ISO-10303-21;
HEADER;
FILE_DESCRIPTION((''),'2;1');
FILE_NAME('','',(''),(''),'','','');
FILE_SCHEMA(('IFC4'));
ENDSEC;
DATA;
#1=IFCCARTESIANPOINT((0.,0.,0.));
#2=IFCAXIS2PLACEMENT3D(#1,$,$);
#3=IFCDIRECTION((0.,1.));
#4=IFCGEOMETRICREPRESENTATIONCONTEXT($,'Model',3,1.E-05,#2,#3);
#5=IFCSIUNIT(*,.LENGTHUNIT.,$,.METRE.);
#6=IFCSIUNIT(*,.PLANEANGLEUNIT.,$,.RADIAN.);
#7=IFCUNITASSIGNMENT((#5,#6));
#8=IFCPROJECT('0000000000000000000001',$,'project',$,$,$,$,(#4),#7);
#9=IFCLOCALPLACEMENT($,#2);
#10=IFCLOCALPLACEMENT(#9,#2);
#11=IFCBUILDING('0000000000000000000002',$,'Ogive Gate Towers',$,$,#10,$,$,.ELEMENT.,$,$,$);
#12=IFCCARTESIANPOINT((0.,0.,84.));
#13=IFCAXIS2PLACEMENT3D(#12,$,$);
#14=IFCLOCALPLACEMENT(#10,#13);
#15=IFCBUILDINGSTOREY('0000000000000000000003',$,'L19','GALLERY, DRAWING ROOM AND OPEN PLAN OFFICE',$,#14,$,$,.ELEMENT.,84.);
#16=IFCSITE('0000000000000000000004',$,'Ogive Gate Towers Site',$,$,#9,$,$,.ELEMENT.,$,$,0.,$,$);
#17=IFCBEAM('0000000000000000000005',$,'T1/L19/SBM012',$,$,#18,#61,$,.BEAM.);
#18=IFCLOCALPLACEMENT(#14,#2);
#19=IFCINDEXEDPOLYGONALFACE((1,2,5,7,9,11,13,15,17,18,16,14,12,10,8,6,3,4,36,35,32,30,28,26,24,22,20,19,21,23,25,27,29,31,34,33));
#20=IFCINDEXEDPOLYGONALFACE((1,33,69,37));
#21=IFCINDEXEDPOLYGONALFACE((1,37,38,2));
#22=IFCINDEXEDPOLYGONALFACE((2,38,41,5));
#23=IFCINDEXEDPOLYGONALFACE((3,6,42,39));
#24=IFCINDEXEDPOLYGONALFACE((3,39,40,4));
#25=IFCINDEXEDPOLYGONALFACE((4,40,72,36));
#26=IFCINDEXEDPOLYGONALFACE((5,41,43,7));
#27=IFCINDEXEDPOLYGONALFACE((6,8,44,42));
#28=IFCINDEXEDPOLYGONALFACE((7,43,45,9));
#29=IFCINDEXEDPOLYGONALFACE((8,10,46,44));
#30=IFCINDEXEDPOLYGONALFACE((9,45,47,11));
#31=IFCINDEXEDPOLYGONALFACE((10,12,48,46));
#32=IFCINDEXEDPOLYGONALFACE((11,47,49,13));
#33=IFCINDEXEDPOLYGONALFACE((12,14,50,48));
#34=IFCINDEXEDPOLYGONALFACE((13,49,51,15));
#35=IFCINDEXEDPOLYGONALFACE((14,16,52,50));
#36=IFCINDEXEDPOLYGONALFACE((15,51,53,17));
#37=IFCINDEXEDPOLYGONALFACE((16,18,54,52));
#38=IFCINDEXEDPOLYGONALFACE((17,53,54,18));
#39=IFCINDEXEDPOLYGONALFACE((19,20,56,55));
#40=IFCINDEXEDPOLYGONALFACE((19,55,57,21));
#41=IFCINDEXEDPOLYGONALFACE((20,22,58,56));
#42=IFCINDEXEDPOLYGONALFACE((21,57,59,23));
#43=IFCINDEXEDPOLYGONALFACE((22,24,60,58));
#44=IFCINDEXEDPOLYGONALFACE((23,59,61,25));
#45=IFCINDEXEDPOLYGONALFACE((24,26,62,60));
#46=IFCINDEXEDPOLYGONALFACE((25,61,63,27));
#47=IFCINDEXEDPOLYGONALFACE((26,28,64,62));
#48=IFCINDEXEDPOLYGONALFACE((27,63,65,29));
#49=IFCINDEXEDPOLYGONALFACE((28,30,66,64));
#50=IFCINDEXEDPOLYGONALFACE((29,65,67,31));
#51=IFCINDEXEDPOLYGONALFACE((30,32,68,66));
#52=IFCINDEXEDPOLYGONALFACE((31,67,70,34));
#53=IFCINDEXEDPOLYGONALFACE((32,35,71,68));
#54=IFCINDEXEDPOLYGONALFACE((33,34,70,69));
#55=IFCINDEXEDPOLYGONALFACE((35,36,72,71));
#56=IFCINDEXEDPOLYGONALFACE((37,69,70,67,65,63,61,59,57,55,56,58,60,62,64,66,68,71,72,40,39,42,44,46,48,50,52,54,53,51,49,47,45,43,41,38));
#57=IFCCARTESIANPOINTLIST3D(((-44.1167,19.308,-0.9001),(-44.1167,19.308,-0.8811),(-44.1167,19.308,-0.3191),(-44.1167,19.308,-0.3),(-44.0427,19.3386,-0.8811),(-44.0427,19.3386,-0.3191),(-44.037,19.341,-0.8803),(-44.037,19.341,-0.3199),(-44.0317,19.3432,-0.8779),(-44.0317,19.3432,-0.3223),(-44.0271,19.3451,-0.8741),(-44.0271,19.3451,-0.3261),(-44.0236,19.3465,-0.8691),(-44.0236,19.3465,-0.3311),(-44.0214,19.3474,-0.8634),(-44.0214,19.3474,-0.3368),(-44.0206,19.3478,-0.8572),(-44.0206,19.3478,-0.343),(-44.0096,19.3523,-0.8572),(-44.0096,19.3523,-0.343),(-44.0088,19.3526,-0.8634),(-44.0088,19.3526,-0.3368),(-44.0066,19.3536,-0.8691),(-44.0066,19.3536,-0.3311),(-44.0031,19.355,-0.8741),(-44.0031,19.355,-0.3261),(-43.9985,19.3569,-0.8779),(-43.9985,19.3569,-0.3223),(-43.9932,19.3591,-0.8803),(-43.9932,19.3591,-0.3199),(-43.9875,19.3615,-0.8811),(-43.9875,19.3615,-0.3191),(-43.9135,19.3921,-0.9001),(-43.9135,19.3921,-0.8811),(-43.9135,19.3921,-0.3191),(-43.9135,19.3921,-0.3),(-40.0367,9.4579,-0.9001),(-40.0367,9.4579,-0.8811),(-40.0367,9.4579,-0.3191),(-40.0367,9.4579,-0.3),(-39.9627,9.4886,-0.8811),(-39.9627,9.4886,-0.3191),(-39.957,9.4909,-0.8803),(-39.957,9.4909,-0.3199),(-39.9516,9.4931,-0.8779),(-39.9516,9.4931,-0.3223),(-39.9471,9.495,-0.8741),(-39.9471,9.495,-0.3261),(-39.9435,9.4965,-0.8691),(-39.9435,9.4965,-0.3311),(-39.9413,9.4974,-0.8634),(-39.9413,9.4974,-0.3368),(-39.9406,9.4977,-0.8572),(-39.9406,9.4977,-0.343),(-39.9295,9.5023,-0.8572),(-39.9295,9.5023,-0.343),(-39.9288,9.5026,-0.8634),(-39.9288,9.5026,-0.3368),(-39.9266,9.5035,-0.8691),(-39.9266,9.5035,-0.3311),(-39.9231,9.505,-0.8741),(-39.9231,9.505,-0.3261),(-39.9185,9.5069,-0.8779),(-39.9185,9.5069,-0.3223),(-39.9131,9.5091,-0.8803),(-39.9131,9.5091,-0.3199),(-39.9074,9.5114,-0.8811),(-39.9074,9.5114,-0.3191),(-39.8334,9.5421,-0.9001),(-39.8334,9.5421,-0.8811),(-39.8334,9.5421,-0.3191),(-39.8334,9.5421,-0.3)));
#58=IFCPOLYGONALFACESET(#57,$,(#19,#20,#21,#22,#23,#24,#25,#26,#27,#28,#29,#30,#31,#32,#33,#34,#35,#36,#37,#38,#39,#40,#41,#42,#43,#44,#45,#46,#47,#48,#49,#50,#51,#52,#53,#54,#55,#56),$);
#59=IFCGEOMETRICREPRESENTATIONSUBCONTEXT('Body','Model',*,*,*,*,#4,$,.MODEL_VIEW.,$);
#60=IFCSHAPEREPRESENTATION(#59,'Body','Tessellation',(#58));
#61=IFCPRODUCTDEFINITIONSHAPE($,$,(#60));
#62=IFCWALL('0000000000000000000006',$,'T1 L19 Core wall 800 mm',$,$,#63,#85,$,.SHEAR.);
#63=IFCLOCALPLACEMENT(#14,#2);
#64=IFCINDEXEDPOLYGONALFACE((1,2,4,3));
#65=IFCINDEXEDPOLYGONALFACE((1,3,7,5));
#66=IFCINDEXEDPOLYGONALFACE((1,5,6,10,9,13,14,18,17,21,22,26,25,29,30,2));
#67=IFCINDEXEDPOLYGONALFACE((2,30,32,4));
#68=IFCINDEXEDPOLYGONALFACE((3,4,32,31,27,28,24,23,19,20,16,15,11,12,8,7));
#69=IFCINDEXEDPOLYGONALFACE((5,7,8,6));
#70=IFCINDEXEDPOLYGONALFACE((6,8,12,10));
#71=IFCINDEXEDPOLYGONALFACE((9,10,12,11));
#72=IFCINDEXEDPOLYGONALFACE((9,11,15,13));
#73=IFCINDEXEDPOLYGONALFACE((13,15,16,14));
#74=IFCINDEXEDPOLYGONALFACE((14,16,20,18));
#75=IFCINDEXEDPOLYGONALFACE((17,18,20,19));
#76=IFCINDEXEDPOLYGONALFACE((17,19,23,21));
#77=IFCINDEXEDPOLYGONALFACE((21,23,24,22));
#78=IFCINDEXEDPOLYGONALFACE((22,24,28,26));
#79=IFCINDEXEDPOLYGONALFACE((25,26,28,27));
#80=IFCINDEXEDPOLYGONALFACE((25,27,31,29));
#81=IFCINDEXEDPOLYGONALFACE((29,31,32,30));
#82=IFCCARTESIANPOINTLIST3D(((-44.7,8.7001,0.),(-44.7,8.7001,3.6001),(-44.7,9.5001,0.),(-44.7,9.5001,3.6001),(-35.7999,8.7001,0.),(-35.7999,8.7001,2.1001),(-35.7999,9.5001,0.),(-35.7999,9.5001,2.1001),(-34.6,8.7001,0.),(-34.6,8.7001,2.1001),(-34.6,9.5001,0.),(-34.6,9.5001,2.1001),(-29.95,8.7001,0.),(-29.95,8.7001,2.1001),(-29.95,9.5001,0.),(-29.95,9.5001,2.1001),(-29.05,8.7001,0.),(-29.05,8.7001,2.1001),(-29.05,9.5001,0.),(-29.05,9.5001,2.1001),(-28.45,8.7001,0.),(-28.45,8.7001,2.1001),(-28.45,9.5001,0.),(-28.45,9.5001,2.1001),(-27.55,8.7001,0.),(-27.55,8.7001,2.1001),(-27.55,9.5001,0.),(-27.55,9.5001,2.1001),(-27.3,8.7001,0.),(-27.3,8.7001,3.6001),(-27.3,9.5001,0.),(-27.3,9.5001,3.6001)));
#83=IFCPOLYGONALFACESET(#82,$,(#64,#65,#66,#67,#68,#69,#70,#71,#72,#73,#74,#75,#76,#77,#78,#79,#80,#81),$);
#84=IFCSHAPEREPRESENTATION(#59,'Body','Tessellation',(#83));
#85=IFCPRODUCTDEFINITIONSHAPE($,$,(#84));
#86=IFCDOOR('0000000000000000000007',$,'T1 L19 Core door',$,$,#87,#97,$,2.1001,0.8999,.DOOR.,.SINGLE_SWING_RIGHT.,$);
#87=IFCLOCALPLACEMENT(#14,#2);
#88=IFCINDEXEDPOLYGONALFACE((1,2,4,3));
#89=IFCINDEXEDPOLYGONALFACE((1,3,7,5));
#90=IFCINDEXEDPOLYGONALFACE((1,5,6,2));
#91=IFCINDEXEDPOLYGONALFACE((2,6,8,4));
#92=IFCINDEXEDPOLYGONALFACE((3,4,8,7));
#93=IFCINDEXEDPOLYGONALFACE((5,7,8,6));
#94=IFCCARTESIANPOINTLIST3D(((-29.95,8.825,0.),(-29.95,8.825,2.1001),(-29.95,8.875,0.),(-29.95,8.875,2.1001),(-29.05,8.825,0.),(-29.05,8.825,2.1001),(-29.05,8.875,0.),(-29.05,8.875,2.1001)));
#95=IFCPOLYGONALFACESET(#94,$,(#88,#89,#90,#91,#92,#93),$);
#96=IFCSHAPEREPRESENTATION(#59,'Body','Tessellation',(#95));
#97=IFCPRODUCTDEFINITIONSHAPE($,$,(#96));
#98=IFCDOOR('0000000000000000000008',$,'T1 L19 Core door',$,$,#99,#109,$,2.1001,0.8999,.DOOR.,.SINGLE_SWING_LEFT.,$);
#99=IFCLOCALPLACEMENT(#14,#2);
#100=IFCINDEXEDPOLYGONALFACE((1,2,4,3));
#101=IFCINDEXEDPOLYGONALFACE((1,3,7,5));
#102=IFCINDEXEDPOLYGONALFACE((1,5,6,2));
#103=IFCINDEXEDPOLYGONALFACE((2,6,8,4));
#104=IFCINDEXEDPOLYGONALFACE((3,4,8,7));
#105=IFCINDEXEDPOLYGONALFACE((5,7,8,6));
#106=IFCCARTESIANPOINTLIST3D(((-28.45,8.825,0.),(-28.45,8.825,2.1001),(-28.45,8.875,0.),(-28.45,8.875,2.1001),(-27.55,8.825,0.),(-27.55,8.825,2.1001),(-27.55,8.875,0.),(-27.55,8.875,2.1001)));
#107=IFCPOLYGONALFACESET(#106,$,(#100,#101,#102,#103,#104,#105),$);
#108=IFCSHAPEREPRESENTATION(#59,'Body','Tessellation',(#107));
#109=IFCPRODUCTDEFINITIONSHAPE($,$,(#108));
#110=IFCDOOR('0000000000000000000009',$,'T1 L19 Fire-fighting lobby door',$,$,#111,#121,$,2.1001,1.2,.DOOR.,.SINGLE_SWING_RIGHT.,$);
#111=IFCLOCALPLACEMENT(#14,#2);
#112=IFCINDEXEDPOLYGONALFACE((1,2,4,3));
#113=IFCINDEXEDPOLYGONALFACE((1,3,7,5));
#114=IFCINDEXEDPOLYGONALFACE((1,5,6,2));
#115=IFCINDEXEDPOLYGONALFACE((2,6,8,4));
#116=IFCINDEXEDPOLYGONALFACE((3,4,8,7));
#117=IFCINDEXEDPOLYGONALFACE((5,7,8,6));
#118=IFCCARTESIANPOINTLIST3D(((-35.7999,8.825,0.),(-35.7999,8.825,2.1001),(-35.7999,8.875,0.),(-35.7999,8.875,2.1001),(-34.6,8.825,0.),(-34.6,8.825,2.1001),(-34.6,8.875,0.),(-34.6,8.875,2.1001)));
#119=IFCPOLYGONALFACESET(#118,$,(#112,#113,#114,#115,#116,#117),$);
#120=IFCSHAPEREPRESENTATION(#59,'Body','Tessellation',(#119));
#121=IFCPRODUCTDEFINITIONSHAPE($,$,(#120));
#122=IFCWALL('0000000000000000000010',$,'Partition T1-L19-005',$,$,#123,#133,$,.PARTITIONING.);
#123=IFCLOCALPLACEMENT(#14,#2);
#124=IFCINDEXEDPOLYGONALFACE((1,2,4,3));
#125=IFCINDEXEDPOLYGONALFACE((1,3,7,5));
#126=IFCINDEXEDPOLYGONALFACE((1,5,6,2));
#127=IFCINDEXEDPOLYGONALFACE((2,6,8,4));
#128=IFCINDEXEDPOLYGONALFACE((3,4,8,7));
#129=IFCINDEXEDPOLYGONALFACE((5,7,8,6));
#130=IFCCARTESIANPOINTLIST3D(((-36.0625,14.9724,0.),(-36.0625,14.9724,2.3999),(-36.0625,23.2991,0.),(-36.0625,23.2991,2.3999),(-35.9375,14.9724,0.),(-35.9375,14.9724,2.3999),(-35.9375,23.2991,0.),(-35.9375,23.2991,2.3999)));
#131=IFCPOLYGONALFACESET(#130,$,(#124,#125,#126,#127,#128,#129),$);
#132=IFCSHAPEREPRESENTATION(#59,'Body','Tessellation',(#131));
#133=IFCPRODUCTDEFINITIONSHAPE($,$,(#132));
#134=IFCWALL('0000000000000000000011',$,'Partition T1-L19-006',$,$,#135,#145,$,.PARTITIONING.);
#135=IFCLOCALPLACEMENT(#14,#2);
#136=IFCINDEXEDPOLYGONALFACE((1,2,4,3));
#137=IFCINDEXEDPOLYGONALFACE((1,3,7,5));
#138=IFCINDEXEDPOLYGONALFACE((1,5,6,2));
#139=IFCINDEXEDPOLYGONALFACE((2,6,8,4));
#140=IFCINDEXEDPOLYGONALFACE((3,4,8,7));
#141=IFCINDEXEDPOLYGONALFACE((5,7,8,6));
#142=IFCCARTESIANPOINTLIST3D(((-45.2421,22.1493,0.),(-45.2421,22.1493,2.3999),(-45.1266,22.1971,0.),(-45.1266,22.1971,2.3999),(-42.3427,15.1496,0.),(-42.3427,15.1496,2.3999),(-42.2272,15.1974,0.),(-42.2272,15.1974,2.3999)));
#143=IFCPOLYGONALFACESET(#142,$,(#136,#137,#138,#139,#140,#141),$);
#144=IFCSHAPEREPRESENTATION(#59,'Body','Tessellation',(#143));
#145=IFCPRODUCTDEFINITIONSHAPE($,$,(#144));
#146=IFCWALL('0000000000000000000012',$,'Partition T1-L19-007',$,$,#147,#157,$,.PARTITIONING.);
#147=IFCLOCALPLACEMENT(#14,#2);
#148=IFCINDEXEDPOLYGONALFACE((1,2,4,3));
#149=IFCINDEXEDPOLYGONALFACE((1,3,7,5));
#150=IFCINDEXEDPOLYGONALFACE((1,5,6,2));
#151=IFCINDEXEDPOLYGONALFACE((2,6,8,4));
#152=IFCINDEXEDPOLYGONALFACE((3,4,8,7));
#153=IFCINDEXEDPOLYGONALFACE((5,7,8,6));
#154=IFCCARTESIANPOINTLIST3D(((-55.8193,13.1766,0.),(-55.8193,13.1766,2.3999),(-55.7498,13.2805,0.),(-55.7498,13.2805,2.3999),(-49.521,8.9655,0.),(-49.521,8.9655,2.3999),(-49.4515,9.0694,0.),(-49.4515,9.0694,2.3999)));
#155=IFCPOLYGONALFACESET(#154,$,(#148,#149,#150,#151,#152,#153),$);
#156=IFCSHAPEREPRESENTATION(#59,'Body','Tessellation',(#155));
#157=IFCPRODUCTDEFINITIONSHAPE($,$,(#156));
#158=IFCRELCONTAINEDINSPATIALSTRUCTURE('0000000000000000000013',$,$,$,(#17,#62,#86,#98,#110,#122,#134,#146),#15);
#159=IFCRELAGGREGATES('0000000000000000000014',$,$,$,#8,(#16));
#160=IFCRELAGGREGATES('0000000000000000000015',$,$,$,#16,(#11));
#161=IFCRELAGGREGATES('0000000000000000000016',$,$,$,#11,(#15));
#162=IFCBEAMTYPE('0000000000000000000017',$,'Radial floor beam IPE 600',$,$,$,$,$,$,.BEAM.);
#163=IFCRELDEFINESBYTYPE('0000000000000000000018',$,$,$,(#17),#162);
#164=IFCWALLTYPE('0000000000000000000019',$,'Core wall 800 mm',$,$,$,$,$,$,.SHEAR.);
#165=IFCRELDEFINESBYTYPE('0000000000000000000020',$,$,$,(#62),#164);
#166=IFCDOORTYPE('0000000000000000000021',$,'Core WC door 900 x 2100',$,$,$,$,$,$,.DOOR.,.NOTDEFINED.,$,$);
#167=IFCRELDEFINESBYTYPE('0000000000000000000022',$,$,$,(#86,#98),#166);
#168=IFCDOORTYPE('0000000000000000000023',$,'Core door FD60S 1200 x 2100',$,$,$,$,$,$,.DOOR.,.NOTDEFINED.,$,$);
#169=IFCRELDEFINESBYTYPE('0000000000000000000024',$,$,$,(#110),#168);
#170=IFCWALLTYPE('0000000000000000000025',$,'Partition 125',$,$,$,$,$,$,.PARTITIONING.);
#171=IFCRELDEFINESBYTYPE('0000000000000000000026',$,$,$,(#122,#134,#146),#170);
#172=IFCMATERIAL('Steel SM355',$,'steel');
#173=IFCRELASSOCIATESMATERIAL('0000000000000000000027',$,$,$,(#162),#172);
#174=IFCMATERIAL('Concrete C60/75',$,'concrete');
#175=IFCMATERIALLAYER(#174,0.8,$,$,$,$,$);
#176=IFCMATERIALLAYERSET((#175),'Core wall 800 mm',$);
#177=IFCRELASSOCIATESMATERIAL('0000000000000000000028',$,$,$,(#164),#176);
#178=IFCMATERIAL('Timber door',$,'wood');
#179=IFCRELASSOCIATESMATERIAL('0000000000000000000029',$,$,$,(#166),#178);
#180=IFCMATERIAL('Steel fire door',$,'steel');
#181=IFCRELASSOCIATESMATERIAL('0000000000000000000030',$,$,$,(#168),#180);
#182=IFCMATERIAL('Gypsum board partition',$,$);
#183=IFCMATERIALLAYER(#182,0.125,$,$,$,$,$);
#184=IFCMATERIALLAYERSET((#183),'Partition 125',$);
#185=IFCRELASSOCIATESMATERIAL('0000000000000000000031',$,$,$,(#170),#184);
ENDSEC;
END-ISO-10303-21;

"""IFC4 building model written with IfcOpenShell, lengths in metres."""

from ifc_helpers import new_model, si_unit, direction, frame, frame_2d, origin, origin_2d, place, context, subcontext, project, spatial, rectangle, i_section, extrude, material, layer, layer_set, material_profile, profile_set, type_object, element, fill, save


model = new_model("IFC4")

# Units and contexts
model_context = context("Model", 3, precision=1e-05, world=origin(), true_north=direction((0.0, 1.0)))
body_context = subcontext(model_context, "Body", "Model", "MODEL_VIEW")
ifc_project = project(units=[si_unit("LENGTHUNIT", "METRE"), si_unit("PLANEANGLEUNIT", "RADIAN")], contexts=[model_context])

# Site, building, storey
site_placement = place(None, origin())
site = spatial("IfcSite", under=ifc_project, at=site_placement, Name="Ogive Gate Towers Site", CompositionType="ELEMENT", RefElevation=0.0)
building_placement = place(site_placement, origin())
building = spatial("IfcBuilding", under=site, at=building_placement, Name="Ogive Gate Towers", CompositionType="ELEMENT")
storey_placement = place(building_placement, frame((0.0, 0.0, 84.0)))
storey = spatial("IfcBuildingStorey", under=building, at=storey_placement, Name="L19", Description="GALLERY, DRAWING ROOM AND OPEN PLAN OFFICE", CompositionType="ELEMENT", Elevation=84.0)

# Beam
ifc_material_1 = material(Name="Steel SM355", Category="steel")
ifc_material_profile_1 = material_profile(ifc_material_1, i_section(OverallWidth=0.22, OverallDepth=0.6001, WebThickness=0.012, FlangeThickness=0.019, FilletRadius=0.0239, at=origin_2d()), Name="IPE 600")
ifc_profile_set_1 = profile_set([ifc_material_profile_1], Name="Steel SM355")
beam_type_1 = type_object("IfcBeamType", Name="Radial floor beam IPE 600", PredefinedType="BEAM", material=ifc_profile_set_1)
beam_1_placement = place(storey_placement, frame((-39.9351, 9.5, -0.6001), z_axis=(-0.382686, 0.923878, 0.0), x_axis=(-0.923878, -0.382686, 0.0)))
element("IfcBeam", 1, at=beam_1_placement, inside=storey, type_object=beam_type_1, Name="T1/L19/SBM012", PredefinedType="BEAM", context=body_context, shape_type="SweptSolid", body=[
    extrude(i_section(OverallWidth=0.22, OverallDepth=0.6001, WebThickness=0.012, FlangeThickness=0.019, FilletRadius=0.0239, at=origin_2d()), origin(), (0.0, 0.0, 1.0), 10.6616),
])

# Wall, openings, doors
ifc_material_2 = material(Name="Concrete C60/75", Category="concrete")
ifc_layer_1 = layer(ifc_material_2, 0.8)
ifc_layer_set_1 = layer_set([ifc_layer_1], Name="Core wall 800 mm")
wall_type_1 = type_object("IfcWallType", Name="Core wall 800 mm", PredefinedType="SHEAR", material=ifc_layer_set_1)
wall_1_placement = place(storey_placement, frame((-44.7, 9.1001, 0.0), z_axis=(0.0, 0.0, 1.0), x_axis=(1.0, 0.0, 0.0)))
wall_1 = element("IfcWall", 2, at=wall_1_placement, inside=storey, type_object=wall_type_1, Name="T1 L19 Core wall 800 mm", PredefinedType="SHEAR", context=body_context, shape_type="SweptSolid", body=[
    extrude(rectangle(XDim=17.3999, YDim=0.8, at=frame_2d((8.7, 0.0))), origin(), (0.0, 0.0, 1.0), 3.6001),
])
opening_1_placement = place(wall_1_placement, frame((8.8999, 0.0, 0.0)))
opening_1 = element("IfcOpeningElement", 3, at=opening_1_placement, cuts=wall_1, PredefinedType="OPENING", context=body_context, shape_type="SweptSolid", body=[
    extrude(rectangle(XDim=1.2, YDim=2.1001, at=frame_2d((0.6001, 1.05))), frame((0.0, 0.4102, 0.0), z_axis=(0.0, -1.0, 0.0), x_axis=(1.0, 0.0, 0.0)), (0.0, 0.0, 1.0), 0.8201),
])
opening_2_placement = place(wall_1_placement, frame((14.75, 0.0, 0.0)))
opening_2 = element("IfcOpeningElement", 4, at=opening_2_placement, cuts=wall_1, PredefinedType="OPENING", context=body_context, shape_type="SweptSolid", body=[
    extrude(rectangle(XDim=0.8999, YDim=2.1001, at=frame_2d((0.45, 1.05))), frame((0.0, 0.4102, 0.0), z_axis=(0.0, -1.0, 0.0), x_axis=(1.0, 0.0, 0.0)), (0.0, 0.0, 1.0), 0.8201),
])
opening_3_placement = place(wall_1_placement, frame((16.25, 0.0, 0.0)))
opening_3 = element("IfcOpeningElement", 5, at=opening_3_placement, cuts=wall_1, PredefinedType="OPENING", context=body_context, shape_type="SweptSolid", body=[
    extrude(rectangle(XDim=0.8999, YDim=2.1001, at=frame_2d((0.45, 1.05))), frame((0.0, 0.4102, 0.0), z_axis=(0.0, -1.0, 0.0), x_axis=(1.0, 0.0, 0.0)), (0.0, 0.0, 1.0), 0.8201),
])
ifc_material_3 = material(Name="Timber door", Category="wood")
door_type_1 = type_object("IfcDoorType", Name="Core WC door 900 x 2100", OperationType="NOTDEFINED", PredefinedType="DOOR", material=ifc_material_3)
door_1_placement = place(opening_2_placement, origin())
door_1 = element("IfcDoor", 6, at=door_1_placement, inside=storey, type_object=door_type_1, Name="T1 L19 Core door", OperationType="SINGLE_SWING_RIGHT", OverallHeight=2.1001, OverallWidth=0.8999, PredefinedType="DOOR", context=body_context, shape_type="SweptSolid", body=[
    extrude(rectangle(XDim=0.8999, YDim=2.1001, at=frame_2d((0.45, 1.05))), frame((0.0, -0.2251, 0.0), z_axis=(0.0, -1.0, 0.0), x_axis=(1.0, 0.0, 0.0)), (0.0, 0.0, 1.0), 0.05),
])
fill(opening_2, door_1)
door_2_placement = place(opening_3_placement, origin())
door_2 = element("IfcDoor", 7, at=door_2_placement, inside=storey, type_object=door_type_1, Name="T1 L19 Core door", OperationType="SINGLE_SWING_LEFT", OverallHeight=2.1001, OverallWidth=0.8999, PredefinedType="DOOR", context=body_context, shape_type="SweptSolid", body=[
    extrude(rectangle(XDim=0.8999, YDim=2.1001, at=frame_2d((0.45, 1.05))), frame((0.0, -0.2251, 0.0), z_axis=(0.0, -1.0, 0.0), x_axis=(1.0, 0.0, 0.0)), (0.0, 0.0, 1.0), 0.05),
])
fill(opening_3, door_2)
ifc_material_4 = material(Name="Steel fire door", Category="steel")
door_type_2 = type_object("IfcDoorType", Name="Core door FD60S 1200 x 2100", OperationType="NOTDEFINED", PredefinedType="DOOR", material=ifc_material_4)
door_3_placement = place(opening_1_placement, origin())
door_3 = element("IfcDoor", 8, at=door_3_placement, inside=storey, type_object=door_type_2, Name="T1 L19 Fire-fighting lobby door", OperationType="SINGLE_SWING_RIGHT", OverallHeight=2.1001, OverallWidth=1.2, PredefinedType="DOOR", context=body_context, shape_type="SweptSolid", body=[
    extrude(rectangle(XDim=1.2, YDim=2.1001, at=frame_2d((0.6001, 1.05))), frame((0.0, -0.2251, 0.0), z_axis=(0.0, -1.0, 0.0), x_axis=(1.0, 0.0, 0.0)), (0.0, 0.0, 1.0), 0.05),
])
fill(opening_1, door_3)

# Walls
ifc_material_5 = material(Name="Gypsum board partition")
ifc_layer_2 = layer(ifc_material_5, 0.125)
ifc_layer_set_2 = layer_set([ifc_layer_2], Name="Partition 125")
wall_type_2 = type_object("IfcWallType", Name="Partition 125", PredefinedType="PARTITIONING", material=ifc_layer_set_2)
wall_2_placement = place(storey_placement, frame((-36.0, 23.2991, 0.0), z_axis=(0.0, 0.0, 1.0), x_axis=(0.0, -1.0, 0.0)))
element("IfcWall", 9, at=wall_2_placement, inside=storey, type_object=wall_type_2, Name="Partition T1-L19-005", PredefinedType="PARTITIONING", context=body_context, shape_type="SweptSolid", body=[
    extrude(rectangle(XDim=8.3267, YDim=0.125, at=frame_2d((4.1633, 0.0))), origin(), (0.0, 0.0, 1.0), 2.3999),
])
for number, where, z_axis, x_axis, name in (
    (10, (-45.1843, 22.1731, 0.0), (0.0, 0.0, 1.0), (0.382686, -0.923879, 0.0), "Partition T1-L19-006"),
    (11, (-55.7844, 13.2285, 0.0), (0.0, 0.0, 1.0), (0.831301, -0.555823, 0.0), "Partition T1-L19-007"),
):
    element("IfcWall", number, at=place(storey_placement, frame(where, z_axis=z_axis, x_axis=x_axis)), inside=storey, type_object=wall_type_2, Name=name, PredefinedType="PARTITIONING", context=body_context, shape_type="SweptSolid", body=[
        extrude(rectangle(XDim=7.5764, YDim=0.125, at=frame_2d((3.7881, 0.0))), origin(), (0.0, 0.0, 1.0), 2.3999),
    ])

save(model, "model.ifc")
